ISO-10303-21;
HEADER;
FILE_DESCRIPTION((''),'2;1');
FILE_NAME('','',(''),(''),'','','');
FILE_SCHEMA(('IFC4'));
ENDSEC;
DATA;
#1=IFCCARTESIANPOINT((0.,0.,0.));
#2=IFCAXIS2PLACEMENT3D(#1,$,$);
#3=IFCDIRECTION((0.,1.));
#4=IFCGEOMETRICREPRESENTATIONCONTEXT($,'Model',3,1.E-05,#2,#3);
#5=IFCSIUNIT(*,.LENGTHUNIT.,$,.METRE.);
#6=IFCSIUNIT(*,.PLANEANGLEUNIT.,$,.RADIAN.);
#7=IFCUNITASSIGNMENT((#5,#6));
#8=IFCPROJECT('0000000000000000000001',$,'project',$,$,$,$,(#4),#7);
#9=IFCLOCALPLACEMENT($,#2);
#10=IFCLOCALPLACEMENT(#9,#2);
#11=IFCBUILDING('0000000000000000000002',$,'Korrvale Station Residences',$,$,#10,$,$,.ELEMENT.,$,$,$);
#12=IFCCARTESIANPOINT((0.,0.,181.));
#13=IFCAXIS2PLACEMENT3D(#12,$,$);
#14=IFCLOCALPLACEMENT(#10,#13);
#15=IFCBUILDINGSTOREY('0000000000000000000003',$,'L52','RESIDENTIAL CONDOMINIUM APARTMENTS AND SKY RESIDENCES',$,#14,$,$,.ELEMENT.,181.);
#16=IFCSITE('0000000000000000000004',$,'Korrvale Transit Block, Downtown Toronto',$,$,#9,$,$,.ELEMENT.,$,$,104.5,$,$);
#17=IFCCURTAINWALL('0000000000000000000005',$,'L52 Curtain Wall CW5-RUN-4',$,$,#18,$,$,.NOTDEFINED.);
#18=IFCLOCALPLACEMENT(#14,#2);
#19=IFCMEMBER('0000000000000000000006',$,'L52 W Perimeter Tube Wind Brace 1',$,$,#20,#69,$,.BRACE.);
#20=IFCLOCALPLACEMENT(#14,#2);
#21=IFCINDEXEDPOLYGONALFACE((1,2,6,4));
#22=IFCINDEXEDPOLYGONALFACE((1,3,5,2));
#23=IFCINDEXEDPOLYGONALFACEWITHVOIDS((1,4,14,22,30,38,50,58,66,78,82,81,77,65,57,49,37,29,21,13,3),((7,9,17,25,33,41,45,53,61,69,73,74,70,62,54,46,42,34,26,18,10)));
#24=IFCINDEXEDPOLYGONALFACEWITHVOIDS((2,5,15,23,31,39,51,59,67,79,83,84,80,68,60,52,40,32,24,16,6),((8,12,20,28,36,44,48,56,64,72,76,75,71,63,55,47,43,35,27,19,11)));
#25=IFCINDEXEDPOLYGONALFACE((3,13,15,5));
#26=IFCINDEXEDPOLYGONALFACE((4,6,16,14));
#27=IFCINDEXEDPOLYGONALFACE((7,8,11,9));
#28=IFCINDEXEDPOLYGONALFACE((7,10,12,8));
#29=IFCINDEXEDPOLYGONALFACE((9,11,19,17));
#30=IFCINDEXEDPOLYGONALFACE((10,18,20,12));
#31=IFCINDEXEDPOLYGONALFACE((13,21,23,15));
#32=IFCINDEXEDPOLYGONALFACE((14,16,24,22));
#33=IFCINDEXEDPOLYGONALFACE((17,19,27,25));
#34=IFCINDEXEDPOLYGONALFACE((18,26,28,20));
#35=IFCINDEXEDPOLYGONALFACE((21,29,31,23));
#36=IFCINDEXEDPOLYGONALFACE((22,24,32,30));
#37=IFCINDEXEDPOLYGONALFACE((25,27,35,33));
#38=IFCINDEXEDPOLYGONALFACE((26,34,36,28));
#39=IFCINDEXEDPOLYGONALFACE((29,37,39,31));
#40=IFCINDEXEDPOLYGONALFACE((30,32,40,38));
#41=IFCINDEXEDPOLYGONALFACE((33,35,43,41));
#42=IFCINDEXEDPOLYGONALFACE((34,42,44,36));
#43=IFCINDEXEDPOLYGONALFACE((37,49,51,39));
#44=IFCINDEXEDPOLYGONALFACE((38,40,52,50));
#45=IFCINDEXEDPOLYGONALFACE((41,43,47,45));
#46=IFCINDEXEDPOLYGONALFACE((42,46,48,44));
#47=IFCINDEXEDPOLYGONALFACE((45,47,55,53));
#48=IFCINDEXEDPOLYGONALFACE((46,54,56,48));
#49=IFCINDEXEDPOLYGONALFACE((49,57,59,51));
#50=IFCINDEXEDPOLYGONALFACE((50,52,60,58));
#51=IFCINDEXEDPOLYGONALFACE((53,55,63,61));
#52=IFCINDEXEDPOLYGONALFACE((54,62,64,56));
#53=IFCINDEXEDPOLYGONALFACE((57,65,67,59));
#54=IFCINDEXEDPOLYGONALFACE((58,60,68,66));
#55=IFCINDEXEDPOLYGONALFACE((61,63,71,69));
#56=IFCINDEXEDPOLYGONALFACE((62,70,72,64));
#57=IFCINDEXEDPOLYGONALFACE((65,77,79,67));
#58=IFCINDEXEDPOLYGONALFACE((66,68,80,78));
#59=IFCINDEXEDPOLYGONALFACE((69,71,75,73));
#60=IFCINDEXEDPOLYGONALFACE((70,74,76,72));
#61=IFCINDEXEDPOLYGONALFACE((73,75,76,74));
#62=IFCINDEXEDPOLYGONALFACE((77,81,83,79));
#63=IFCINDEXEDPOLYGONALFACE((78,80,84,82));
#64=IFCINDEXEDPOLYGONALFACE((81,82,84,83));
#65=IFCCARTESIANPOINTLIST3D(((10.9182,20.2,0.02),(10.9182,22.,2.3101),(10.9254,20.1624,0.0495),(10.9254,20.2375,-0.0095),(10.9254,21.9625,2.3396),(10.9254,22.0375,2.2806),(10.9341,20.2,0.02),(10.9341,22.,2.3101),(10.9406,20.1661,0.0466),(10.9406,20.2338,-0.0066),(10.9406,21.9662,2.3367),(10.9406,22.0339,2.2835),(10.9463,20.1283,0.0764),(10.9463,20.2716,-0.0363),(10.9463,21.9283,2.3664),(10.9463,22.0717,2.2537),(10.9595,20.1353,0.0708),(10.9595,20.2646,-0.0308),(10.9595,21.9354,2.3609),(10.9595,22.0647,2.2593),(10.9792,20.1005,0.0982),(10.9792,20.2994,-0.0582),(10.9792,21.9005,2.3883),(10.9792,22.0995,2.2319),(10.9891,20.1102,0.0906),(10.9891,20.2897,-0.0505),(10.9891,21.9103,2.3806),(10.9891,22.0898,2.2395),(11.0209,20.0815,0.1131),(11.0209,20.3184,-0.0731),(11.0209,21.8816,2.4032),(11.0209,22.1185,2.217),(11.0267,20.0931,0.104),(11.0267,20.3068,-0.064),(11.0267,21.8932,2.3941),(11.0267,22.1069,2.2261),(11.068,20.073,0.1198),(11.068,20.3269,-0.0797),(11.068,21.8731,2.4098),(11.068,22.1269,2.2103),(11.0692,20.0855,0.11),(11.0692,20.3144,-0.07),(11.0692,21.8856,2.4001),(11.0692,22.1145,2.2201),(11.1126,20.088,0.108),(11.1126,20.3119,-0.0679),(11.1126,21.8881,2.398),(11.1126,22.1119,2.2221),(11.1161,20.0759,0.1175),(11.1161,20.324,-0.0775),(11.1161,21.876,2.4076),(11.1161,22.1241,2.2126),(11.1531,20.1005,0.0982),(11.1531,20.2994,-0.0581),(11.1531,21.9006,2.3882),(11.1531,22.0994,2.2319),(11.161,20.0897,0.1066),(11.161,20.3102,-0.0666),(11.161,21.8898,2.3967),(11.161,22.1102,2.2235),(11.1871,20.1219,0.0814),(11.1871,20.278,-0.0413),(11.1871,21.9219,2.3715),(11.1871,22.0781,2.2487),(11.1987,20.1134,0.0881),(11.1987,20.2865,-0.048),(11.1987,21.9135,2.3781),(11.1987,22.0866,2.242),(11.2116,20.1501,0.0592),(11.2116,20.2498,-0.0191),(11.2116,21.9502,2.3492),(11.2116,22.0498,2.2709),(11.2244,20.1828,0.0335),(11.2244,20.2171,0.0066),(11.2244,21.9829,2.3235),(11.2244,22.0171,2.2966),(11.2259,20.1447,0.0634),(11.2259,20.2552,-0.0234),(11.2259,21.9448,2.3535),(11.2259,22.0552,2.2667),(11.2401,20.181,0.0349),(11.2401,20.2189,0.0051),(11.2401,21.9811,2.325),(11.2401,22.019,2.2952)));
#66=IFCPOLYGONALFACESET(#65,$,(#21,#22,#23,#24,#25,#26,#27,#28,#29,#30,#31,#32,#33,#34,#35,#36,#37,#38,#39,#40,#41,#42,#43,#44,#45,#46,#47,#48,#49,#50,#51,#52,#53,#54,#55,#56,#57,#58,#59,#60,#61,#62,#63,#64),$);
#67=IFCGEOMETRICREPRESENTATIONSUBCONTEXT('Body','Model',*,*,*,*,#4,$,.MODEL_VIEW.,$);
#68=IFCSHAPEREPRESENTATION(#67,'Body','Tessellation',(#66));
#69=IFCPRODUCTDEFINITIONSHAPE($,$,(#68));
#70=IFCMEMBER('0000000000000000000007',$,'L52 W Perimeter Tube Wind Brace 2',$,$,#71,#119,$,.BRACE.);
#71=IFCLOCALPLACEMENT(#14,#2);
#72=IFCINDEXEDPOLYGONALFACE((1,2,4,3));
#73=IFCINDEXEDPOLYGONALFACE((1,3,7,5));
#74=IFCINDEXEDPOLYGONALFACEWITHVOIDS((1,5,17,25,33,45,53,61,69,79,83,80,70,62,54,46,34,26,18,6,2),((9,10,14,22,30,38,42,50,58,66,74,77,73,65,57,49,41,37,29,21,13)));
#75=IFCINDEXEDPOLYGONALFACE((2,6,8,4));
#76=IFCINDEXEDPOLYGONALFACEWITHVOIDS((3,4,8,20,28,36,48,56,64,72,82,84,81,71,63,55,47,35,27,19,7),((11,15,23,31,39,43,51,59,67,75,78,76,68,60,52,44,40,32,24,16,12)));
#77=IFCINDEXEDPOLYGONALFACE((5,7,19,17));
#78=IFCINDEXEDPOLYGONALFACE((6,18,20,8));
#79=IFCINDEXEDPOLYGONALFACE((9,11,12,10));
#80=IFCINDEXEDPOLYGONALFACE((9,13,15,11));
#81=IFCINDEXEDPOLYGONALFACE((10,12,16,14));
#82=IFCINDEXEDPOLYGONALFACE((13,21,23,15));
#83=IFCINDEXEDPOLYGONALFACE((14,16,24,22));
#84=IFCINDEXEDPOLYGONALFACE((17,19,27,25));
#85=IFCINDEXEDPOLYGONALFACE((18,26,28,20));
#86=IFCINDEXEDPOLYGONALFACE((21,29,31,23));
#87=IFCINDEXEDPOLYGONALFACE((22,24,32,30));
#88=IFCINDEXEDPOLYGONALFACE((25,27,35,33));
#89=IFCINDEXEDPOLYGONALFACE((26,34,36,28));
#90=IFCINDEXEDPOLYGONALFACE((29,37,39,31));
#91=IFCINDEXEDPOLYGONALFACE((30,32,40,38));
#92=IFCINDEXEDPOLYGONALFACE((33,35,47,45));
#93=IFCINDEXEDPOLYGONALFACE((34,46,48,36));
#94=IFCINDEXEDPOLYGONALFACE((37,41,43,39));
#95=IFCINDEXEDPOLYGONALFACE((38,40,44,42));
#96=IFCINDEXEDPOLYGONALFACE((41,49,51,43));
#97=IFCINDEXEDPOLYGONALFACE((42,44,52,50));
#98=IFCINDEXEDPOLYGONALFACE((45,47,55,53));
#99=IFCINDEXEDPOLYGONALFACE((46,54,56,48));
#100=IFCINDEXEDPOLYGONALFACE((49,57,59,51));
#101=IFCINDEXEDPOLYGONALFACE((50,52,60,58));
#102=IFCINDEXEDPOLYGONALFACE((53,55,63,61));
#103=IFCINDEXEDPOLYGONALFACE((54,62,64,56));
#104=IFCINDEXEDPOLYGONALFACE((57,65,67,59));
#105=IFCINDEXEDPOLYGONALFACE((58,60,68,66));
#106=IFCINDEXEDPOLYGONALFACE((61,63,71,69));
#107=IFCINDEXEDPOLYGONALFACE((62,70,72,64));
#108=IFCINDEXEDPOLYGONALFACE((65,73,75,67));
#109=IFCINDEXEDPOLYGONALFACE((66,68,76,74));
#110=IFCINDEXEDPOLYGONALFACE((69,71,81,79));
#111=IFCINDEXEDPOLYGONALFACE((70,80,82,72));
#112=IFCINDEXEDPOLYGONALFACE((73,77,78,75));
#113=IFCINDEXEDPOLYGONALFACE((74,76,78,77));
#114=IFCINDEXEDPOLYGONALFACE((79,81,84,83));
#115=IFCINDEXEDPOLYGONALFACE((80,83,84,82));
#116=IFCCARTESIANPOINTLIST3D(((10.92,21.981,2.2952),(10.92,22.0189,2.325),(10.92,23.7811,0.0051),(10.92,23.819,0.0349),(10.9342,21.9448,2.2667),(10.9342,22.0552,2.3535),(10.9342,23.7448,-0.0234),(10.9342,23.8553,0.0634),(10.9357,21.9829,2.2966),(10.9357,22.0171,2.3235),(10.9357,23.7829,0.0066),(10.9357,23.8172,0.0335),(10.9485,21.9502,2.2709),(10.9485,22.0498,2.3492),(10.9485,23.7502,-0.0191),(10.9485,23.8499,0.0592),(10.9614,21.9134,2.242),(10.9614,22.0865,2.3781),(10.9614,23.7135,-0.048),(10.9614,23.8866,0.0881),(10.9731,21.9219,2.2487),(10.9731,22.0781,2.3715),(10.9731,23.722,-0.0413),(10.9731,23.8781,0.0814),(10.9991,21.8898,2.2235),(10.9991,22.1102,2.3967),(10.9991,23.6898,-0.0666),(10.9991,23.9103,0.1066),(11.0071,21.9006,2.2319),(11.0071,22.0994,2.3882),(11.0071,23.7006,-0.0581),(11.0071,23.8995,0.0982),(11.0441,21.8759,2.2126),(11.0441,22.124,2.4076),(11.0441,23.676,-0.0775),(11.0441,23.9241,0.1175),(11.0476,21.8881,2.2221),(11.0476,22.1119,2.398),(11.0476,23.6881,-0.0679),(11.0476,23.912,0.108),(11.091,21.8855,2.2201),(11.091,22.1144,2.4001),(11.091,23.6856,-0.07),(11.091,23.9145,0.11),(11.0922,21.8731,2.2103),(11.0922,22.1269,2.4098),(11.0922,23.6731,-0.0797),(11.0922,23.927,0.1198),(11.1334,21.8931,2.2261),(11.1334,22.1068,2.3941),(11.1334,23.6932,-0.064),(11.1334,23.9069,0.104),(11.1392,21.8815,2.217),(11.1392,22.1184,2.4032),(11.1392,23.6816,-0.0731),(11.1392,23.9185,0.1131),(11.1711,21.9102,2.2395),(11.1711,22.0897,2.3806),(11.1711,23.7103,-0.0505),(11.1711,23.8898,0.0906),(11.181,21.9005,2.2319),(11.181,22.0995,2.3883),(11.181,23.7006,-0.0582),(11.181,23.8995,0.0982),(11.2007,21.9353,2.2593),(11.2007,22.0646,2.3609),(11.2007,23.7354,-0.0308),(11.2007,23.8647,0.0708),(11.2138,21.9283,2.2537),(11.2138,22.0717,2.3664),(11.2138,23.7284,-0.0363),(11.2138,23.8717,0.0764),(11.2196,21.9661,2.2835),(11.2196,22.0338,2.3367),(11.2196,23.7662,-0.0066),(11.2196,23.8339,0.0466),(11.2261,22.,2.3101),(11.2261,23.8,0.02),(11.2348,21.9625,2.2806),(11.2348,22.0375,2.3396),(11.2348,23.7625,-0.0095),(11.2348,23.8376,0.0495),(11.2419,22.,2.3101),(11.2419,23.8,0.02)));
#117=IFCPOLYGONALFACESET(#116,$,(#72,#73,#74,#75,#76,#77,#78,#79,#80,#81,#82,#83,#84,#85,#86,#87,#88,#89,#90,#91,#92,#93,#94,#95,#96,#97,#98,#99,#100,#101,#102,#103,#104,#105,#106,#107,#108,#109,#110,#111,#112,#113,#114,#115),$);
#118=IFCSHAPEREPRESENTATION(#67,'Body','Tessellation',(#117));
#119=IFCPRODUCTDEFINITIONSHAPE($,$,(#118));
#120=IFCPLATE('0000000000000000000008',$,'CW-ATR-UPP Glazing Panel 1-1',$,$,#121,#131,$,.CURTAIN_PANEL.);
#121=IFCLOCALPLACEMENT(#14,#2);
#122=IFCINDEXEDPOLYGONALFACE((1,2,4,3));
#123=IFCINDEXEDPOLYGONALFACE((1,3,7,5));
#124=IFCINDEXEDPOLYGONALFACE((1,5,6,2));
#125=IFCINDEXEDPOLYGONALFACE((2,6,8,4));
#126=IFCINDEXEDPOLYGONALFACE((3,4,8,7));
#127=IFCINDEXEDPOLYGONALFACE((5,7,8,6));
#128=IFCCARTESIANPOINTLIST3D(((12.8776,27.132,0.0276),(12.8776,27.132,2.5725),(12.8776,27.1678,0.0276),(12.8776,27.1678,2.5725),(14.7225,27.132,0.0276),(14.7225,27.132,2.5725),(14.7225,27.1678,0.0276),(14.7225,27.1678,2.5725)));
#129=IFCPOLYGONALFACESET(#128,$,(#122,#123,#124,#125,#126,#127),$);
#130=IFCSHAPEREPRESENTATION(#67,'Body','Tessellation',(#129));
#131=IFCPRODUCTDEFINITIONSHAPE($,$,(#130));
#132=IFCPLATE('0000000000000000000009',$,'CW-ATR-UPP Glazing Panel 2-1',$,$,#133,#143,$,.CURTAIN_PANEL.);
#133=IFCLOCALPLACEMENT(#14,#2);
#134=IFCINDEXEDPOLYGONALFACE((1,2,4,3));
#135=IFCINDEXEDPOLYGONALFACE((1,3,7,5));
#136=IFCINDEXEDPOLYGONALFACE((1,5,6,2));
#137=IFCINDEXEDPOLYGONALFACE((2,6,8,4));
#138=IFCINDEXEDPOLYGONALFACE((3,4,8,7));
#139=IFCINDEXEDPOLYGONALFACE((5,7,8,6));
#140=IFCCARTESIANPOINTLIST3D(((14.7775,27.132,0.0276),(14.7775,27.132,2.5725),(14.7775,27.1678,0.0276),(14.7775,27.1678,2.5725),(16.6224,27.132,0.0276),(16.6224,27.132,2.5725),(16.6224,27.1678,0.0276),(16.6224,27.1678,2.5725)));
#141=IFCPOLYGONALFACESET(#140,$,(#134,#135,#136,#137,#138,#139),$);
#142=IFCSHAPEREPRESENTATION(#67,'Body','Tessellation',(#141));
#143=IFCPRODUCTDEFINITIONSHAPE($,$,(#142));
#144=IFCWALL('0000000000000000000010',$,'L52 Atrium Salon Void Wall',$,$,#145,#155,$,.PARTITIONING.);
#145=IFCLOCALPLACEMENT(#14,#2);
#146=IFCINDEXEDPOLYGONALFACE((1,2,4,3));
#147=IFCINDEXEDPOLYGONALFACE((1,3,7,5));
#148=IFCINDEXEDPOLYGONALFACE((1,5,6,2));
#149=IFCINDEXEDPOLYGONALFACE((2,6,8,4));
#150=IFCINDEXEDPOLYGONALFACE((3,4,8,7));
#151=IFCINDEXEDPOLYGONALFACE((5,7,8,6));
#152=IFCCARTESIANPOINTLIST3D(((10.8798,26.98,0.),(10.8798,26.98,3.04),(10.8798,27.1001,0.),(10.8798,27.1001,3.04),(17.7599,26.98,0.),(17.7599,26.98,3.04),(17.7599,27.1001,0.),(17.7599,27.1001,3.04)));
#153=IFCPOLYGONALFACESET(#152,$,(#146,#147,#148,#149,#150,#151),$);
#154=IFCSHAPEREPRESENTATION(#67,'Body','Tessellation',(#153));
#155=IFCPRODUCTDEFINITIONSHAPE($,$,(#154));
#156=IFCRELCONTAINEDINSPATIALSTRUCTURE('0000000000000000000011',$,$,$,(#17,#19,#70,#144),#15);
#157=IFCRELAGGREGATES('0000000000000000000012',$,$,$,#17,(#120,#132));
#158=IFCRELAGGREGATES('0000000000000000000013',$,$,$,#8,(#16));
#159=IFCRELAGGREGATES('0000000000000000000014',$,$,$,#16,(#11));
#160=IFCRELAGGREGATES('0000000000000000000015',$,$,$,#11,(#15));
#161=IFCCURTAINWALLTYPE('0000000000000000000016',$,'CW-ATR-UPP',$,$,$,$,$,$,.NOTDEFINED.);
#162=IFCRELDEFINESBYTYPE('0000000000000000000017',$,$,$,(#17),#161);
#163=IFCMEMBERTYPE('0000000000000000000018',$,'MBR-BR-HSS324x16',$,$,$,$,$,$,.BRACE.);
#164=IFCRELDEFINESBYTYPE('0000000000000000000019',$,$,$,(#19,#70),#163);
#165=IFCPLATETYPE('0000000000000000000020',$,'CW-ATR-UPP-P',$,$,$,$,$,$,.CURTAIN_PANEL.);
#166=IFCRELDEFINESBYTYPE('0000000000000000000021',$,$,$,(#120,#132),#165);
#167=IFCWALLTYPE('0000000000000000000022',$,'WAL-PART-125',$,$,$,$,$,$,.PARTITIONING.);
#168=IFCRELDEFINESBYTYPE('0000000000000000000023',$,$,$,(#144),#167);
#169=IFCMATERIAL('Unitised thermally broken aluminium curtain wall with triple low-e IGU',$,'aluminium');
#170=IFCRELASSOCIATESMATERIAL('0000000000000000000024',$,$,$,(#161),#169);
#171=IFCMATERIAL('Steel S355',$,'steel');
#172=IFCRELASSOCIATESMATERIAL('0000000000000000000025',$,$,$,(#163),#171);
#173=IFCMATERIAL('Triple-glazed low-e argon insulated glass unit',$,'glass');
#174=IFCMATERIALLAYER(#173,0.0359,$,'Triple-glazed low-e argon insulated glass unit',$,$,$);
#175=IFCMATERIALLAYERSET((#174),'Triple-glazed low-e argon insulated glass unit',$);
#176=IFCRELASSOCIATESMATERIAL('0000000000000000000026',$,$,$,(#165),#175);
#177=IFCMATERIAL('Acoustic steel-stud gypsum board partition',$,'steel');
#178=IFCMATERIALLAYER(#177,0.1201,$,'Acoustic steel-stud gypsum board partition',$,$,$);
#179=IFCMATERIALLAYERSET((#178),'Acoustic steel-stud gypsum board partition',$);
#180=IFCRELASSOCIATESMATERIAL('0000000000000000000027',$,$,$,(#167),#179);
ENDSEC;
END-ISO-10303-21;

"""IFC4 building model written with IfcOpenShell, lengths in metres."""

from ifc_helpers import new_model, si_unit, direction, frame, frame_2d, origin, origin_2d, place, context, subcontext, project, spatial, rectangle, hollow_circle, extrude, material, layer, layer_set, material_profile, profile_set, type_object, element, aggregate, save


model = new_model("IFC4")

# Units and contexts
model_context = context("Model", 3, precision=1e-05, world=origin(), true_north=direction((0.0, 1.0)))
body_context = subcontext(model_context, "Body", "Model", "MODEL_VIEW")
ifc_project = project(units=[si_unit("LENGTHUNIT", "METRE"), si_unit("PLANEANGLEUNIT", "RADIAN")], contexts=[model_context])

# Site, building, storey
site_placement = place(None, origin())
site = spatial("IfcSite", under=ifc_project, at=site_placement, Name="Korrvale Transit Block, Downtown Toronto", CompositionType="ELEMENT", RefElevation=104.5)
building_placement = place(site_placement, origin())
building = spatial("IfcBuilding", under=site, at=building_placement, Name="Korrvale Station Residences", CompositionType="ELEMENT")
storey_placement = place(building_placement, frame((0.0, 0.0, 181.0)))
storey = spatial("IfcBuildingStorey", under=building, at=storey_placement, Name="L52", Description="RESIDENTIAL CONDOMINIUM APARTMENTS AND SKY RESIDENCES", CompositionType="ELEMENT", Elevation=181.0)

# Curtain wall
ifc_material_1 = material(Name="Unitised thermally broken aluminium curtain wall with triple low-e IGU", Category="aluminium")
curtain_wall_type = type_object("IfcCurtainWallType", Name="CW-ATR-UPP", PredefinedType="NOTDEFINED", material=ifc_material_1)
curtain_wall_placement = place(storey_placement, origin())
curtain_wall = element("IfcCurtainWall", 1, at=curtain_wall_placement, inside=storey, type_object=curtain_wall_type, Name="L52 Curtain Wall CW5-RUN-4", PredefinedType="NOTDEFINED")

# Members
ifc_material_2 = material(Name="Steel S355", Category="steel")
ifc_material_profile_1 = material_profile(ifc_material_2, hollow_circle(Radius=0.1619, WallThickness=0.0159, at=origin_2d()), Name="HSS324x16")
ifc_profile_set_1 = profile_set([ifc_material_profile_1], Name="Steel S355")
member_type_1 = type_object("IfcMemberType", Name="MBR-BR-HSS324x16", PredefinedType="BRACE", material=ifc_profile_set_1)
for number, where, z_axis, x_axis, name in (
    (2, (11.0801, 20.2, 0.02), (0.0, 0.617977, 0.786196), (-1.0, 0.0, 0.0), "L52 W Perimeter Tube Wind Brace 1"),
    (3, (11.0801, 23.8, 0.02), (0.0, -0.617977, 0.786196), (1.0, 0.0, 0.0), "L52 W Perimeter Tube Wind Brace 2"),
):
    element("IfcMember", number, at=place(storey_placement, frame(where, z_axis=z_axis, x_axis=x_axis)), inside=storey, type_object=member_type_1, Name=name, PredefinedType="BRACE", context=body_context, shape_type="SweptSolid", body=[
        extrude(hollow_circle(Radius=0.1619, WallThickness=0.0159, at=origin_2d()), origin(), (0.0, 0.0, 1.0), 2.9128),
    ])

# Plates
ifc_material_3 = material(Name="Triple-glazed low-e argon insulated glass unit", Category="glass")
ifc_layer_1 = layer(ifc_material_3, 0.0359, Name="Triple-glazed low-e argon insulated glass unit")
ifc_layer_set_1 = layer_set([ifc_layer_1], Name="Triple-glazed low-e argon insulated glass unit")
plate_type = type_object("IfcPlateType", Name="CW-ATR-UPP-P", PredefinedType="CURTAIN_PANEL", material=ifc_layer_set_1)
plate_1_placement = place(storey_placement, frame((13.8, 27.1499, 0.0276), z_axis=(0.0, 0.0, 1.0), x_axis=(1.0, 0.0, 0.0)))
plate_1 = element("IfcPlate", 4, at=plate_1_placement, type_object=plate_type, Name="CW-ATR-UPP Glazing Panel 1-1", PredefinedType="CURTAIN_PANEL", context=body_context, shape_type="SweptSolid", body=[
    extrude(rectangle(XDim=1.845, YDim=0.0359, at=origin_2d()), origin(), (0.0, 0.0, 1.0), 2.5449),
])
plate_2_placement = place(storey_placement, frame((15.7, 27.1499, 0.0276), z_axis=(0.0, 0.0, 1.0), x_axis=(1.0, 0.0, 0.0)))
plate_2 = element("IfcPlate", 5, at=plate_2_placement, type_object=plate_type, Name="CW-ATR-UPP Glazing Panel 2-1", PredefinedType="CURTAIN_PANEL", context=body_context, shape_type="SweptSolid", body=[
    extrude(rectangle(XDim=1.845, YDim=0.0359, at=origin_2d()), origin(), (0.0, 0.0, 1.0), 2.5449),
])
aggregate(curtain_wall, [plate_1, plate_2])

# Wall
ifc_material_4 = material(Name="Acoustic steel-stud gypsum board partition", Category="steel")
ifc_layer_2 = layer(ifc_material_4, 0.1201, Name="Acoustic steel-stud gypsum board partition")
ifc_layer_set_2 = layer_set([ifc_layer_2], Name="Acoustic steel-stud gypsum board partition")
wall_type = type_object("IfcWallType", Name="WAL-PART-125", PredefinedType="PARTITIONING", material=ifc_layer_set_2)
wall_placement = place(storey_placement, frame((10.8799, 27.04, 0.0), z_axis=(0.0, 0.0, 1.0), x_axis=(1.0, 0.0, 0.0)))
element("IfcWall", 6, at=wall_placement, inside=storey, type_object=wall_type, Name="L52 Atrium Salon Void Wall", PredefinedType="PARTITIONING", context=body_context, shape_type="SweptSolid", body=[
    extrude(rectangle(XDim=6.8801, YDim=0.1201, at=frame_2d((3.4399, 0.0))), origin(), (0.0, 0.0, 1.0), 3.04),
])

save(model, "model.ifc")
